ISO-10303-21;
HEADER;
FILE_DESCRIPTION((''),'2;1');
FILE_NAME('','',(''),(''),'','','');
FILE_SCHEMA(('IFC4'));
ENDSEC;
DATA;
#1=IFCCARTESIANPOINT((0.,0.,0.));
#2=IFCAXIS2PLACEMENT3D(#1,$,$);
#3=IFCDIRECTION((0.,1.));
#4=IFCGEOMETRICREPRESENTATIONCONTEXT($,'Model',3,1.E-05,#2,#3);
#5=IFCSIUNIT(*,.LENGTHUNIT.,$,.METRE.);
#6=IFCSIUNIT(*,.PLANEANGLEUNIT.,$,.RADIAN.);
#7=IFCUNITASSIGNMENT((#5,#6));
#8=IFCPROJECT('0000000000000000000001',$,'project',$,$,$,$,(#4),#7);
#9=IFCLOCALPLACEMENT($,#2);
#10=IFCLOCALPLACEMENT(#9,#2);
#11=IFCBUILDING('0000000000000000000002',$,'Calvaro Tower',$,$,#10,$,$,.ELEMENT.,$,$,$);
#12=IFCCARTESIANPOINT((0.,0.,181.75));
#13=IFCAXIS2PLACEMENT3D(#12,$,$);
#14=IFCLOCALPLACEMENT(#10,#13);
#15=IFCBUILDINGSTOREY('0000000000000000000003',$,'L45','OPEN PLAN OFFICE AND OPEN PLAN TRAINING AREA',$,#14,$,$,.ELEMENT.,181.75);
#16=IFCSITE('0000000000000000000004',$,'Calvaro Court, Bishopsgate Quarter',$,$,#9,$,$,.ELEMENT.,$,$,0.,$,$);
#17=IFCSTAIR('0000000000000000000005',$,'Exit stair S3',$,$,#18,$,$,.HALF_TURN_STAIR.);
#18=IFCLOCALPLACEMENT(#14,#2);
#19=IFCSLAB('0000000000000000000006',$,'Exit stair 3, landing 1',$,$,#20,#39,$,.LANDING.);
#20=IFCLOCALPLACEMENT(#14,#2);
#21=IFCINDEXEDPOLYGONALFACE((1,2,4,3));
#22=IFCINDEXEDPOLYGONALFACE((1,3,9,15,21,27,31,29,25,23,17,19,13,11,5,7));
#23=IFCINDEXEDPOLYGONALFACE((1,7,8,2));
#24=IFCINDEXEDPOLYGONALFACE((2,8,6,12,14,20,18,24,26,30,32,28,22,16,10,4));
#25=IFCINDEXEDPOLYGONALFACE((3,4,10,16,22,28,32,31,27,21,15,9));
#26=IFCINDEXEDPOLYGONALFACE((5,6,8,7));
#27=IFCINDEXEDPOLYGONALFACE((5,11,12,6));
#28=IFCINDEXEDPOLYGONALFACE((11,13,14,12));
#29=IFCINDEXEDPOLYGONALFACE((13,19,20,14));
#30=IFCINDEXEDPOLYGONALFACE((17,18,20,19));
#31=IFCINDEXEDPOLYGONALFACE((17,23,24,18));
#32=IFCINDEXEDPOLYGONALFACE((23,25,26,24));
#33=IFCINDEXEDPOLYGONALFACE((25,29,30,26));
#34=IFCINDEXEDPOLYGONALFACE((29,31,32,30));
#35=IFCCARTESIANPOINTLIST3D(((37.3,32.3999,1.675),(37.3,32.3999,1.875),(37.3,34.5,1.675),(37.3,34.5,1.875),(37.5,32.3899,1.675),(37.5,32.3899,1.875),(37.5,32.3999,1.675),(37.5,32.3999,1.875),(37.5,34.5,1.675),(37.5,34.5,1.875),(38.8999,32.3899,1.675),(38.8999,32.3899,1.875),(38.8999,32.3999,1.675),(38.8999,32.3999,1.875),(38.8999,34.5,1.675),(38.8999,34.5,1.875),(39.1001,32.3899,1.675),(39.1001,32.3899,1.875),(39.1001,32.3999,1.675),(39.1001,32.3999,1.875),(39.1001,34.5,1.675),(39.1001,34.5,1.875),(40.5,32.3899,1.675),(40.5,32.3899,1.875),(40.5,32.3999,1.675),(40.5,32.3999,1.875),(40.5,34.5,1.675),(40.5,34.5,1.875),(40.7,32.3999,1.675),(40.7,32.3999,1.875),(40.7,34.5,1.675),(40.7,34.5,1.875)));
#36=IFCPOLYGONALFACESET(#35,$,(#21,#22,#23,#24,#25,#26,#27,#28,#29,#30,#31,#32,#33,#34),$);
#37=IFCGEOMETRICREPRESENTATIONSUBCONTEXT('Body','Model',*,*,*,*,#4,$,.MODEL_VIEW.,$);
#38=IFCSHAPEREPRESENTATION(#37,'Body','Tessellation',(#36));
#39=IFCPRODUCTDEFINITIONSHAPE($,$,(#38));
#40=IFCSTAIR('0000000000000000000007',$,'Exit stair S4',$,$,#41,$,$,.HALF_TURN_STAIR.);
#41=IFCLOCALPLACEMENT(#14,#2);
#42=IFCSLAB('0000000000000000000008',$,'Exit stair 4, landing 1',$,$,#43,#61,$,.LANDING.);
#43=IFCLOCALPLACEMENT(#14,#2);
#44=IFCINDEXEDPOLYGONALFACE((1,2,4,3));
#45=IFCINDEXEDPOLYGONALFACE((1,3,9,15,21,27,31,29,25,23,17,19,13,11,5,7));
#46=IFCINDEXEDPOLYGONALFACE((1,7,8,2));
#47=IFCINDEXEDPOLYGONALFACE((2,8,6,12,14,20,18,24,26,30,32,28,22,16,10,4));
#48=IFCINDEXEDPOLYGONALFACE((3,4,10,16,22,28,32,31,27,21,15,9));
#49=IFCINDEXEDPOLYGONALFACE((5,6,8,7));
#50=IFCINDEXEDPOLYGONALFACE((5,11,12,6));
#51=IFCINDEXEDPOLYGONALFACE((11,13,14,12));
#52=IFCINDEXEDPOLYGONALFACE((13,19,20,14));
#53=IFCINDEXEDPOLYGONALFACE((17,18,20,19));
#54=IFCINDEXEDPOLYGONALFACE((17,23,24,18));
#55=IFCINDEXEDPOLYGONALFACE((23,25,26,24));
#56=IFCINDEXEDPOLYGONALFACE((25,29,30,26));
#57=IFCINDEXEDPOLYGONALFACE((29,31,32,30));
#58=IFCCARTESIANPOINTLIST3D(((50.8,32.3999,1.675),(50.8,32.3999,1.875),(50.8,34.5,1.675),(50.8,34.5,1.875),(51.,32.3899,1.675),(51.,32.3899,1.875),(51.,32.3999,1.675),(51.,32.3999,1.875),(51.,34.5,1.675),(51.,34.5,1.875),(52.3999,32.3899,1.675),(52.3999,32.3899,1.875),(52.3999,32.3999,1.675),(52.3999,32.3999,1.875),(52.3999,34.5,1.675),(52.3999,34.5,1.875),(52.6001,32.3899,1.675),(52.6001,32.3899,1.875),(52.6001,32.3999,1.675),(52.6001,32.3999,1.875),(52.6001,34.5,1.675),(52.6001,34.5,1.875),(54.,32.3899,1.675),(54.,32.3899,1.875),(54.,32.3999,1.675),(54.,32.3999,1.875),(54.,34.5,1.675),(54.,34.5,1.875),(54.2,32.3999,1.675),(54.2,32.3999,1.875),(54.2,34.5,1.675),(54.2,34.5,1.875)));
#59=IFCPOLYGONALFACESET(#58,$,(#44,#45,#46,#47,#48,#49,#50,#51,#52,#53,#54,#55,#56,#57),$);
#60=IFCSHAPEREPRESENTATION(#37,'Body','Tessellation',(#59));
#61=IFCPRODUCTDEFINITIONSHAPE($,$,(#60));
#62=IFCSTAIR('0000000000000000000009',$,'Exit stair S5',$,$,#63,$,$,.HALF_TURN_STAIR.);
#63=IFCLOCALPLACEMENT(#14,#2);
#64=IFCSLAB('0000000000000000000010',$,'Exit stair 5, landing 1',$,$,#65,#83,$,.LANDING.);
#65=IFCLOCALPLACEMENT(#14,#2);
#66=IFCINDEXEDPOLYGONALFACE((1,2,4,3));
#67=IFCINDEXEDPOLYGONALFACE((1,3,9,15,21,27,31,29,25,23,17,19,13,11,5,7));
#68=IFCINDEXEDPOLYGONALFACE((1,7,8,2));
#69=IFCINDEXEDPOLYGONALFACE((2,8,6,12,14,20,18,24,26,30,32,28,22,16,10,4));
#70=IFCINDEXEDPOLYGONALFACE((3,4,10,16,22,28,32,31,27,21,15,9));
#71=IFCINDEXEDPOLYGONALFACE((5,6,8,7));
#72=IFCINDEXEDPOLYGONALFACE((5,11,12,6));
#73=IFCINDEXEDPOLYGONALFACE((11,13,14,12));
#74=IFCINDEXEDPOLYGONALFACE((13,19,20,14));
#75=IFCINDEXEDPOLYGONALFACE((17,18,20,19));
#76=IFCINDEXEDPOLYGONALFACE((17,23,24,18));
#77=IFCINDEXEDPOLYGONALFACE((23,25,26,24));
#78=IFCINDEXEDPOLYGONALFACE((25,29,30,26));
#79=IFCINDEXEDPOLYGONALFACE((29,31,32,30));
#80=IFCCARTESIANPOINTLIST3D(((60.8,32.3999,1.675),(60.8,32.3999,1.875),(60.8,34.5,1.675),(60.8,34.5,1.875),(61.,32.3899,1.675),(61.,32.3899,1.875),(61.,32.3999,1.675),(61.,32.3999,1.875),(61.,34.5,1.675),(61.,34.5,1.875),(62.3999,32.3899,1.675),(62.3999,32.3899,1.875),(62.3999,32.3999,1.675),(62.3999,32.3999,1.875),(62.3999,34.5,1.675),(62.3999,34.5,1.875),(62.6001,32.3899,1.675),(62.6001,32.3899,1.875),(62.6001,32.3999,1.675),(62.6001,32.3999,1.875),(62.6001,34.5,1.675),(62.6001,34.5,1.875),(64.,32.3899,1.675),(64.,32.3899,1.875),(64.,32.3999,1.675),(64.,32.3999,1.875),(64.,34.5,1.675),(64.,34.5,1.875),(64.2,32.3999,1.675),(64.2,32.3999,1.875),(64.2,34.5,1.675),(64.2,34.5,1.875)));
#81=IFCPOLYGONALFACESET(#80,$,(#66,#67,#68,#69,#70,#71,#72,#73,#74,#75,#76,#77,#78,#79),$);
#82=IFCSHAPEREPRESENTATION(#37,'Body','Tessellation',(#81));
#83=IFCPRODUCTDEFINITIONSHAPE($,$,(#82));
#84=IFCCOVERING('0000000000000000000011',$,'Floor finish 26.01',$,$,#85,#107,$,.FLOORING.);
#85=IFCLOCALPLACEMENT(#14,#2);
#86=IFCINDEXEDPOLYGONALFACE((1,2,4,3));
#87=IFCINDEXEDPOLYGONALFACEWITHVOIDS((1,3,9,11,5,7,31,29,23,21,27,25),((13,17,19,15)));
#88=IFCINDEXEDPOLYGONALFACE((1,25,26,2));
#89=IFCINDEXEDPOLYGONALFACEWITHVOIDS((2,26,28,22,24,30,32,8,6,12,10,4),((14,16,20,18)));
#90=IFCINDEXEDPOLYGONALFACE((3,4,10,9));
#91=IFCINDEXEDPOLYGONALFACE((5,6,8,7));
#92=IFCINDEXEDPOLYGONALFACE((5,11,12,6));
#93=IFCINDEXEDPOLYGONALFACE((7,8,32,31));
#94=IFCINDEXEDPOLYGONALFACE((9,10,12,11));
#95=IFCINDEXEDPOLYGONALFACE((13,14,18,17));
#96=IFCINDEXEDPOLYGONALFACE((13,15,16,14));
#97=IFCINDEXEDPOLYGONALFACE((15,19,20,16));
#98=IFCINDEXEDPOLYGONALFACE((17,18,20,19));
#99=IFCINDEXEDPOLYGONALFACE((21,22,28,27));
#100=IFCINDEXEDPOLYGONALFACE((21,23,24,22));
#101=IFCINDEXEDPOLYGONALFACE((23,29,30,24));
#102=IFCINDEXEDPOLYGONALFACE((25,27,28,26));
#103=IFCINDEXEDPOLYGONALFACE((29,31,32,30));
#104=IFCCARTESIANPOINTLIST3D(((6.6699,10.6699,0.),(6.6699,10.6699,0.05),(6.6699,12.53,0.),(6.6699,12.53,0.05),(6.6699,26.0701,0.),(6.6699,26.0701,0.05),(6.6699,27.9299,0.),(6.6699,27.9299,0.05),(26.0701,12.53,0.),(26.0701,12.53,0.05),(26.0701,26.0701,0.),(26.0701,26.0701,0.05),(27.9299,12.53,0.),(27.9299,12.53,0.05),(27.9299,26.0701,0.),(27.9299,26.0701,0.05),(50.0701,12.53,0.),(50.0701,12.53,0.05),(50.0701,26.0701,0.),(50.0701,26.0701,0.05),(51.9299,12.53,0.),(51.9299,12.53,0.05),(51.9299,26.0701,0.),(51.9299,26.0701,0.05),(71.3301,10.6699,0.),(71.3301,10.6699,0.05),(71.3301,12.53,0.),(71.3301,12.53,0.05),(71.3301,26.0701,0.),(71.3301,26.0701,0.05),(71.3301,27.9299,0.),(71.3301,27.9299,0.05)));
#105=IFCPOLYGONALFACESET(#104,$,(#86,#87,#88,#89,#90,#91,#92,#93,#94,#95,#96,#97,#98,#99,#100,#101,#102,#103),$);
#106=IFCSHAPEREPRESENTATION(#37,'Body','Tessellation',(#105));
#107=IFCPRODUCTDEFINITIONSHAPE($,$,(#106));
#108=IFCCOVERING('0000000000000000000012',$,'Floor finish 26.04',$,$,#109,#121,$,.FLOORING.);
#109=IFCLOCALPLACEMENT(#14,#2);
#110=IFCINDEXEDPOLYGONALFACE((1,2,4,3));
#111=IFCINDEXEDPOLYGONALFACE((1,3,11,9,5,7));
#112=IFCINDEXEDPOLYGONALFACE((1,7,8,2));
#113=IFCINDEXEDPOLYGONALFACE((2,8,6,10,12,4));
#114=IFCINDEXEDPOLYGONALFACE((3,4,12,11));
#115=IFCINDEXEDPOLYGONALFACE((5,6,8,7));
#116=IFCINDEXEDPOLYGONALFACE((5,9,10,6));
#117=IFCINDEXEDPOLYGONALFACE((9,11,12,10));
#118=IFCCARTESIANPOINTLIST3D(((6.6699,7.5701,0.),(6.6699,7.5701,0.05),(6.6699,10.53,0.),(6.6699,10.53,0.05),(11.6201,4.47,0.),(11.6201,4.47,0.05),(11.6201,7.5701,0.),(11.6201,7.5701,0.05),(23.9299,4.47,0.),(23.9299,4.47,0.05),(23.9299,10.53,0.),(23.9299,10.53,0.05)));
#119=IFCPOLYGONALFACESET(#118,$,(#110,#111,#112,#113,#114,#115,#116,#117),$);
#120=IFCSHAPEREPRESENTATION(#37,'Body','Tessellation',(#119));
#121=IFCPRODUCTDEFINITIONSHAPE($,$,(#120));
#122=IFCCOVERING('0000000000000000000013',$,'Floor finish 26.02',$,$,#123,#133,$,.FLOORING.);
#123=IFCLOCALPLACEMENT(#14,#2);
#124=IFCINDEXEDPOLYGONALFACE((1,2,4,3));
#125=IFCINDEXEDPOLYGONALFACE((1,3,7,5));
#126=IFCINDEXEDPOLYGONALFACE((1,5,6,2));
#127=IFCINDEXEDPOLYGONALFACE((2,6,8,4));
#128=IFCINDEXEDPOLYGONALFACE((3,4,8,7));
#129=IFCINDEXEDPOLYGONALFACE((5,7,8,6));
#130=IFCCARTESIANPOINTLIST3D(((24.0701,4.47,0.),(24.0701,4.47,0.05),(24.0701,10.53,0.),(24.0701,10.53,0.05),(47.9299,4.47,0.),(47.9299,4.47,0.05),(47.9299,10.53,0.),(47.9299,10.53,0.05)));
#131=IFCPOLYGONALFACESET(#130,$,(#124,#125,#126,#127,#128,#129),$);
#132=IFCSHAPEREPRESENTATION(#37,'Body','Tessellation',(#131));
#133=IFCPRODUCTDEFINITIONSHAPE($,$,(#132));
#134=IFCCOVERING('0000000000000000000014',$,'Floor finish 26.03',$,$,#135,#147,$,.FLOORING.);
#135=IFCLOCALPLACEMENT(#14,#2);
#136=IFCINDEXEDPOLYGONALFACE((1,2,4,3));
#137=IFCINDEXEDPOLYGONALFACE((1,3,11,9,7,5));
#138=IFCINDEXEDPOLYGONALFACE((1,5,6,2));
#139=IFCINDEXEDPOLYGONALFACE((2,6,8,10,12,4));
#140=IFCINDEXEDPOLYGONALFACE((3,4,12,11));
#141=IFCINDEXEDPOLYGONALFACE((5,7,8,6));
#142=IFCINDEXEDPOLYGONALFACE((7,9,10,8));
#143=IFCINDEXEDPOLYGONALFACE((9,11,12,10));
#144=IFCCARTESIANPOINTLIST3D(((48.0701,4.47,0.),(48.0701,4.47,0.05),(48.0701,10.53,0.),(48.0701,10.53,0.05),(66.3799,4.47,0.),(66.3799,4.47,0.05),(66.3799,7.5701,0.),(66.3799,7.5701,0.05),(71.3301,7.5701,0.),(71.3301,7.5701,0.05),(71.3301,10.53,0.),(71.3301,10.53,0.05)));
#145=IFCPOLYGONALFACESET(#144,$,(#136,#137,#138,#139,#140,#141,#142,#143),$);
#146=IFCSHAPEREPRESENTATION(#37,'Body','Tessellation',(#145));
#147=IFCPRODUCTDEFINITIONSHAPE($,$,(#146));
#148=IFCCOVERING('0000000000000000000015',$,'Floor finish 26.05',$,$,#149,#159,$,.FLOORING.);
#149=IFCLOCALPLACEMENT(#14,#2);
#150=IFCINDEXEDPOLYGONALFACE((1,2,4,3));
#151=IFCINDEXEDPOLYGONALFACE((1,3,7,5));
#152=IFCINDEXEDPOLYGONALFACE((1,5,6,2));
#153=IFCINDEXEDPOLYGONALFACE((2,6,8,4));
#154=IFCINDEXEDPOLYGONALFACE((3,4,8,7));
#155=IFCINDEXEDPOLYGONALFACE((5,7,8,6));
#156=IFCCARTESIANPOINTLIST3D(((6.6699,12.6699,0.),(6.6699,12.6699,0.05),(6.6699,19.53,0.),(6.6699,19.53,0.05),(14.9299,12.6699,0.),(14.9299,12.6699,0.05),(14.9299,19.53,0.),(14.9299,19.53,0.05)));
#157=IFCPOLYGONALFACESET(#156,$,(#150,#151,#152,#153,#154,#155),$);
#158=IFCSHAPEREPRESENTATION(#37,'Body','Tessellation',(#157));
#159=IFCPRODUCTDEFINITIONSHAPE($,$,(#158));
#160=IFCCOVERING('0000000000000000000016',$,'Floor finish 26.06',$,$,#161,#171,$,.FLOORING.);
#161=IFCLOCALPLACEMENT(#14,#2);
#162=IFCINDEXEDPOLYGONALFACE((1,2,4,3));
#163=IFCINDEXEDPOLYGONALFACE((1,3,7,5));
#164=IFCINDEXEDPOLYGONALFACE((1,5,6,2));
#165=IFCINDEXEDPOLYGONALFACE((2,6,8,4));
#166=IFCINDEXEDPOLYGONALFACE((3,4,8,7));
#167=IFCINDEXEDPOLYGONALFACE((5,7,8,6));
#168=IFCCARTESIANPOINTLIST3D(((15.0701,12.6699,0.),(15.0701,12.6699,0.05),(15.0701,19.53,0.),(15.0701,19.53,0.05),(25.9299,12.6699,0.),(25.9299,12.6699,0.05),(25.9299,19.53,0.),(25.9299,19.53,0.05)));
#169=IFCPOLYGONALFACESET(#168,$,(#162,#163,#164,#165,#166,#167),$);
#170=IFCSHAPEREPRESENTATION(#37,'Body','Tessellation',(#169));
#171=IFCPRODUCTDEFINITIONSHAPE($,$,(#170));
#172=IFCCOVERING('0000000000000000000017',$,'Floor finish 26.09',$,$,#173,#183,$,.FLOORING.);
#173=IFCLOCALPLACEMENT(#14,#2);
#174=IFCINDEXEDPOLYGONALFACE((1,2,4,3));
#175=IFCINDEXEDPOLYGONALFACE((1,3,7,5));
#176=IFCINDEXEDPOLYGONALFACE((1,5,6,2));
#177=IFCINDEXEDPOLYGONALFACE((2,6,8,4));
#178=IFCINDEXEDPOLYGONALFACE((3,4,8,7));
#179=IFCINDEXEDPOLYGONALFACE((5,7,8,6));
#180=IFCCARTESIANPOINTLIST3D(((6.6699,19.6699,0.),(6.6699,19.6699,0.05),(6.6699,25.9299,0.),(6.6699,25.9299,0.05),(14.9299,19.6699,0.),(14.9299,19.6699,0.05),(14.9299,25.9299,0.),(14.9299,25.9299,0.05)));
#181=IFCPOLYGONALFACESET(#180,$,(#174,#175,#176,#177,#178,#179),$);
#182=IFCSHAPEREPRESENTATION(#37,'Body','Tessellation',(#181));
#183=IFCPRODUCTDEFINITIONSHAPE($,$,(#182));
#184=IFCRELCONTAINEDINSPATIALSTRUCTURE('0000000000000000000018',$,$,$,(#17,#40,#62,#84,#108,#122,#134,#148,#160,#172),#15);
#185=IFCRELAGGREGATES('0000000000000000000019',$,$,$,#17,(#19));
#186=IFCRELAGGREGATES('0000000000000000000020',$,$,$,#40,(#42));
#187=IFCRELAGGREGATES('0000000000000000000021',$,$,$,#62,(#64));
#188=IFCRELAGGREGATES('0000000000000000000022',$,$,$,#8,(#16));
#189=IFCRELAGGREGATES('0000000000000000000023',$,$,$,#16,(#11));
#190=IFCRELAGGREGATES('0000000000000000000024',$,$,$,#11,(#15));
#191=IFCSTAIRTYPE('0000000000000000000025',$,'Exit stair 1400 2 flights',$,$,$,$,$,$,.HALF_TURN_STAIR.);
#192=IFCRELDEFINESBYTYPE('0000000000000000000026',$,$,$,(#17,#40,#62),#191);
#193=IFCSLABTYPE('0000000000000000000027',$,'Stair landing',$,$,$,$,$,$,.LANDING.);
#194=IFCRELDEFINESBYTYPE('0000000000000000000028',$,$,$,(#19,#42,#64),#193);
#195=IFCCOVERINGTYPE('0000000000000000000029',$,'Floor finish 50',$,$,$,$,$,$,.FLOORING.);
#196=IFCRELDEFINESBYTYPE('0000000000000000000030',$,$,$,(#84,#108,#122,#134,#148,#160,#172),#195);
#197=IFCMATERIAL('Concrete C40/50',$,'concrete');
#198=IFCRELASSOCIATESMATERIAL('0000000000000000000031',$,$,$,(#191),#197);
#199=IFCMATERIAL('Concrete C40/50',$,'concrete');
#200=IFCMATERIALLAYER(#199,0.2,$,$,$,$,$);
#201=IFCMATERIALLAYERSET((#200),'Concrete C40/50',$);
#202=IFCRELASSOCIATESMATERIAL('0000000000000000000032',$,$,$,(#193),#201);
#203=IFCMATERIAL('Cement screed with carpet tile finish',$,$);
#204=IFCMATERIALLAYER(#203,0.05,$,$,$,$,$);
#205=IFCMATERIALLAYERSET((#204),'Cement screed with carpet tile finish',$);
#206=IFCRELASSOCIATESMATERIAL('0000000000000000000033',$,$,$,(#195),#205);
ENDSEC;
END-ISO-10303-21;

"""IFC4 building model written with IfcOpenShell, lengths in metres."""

from ifc_helpers import new_model, si_unit, direction, frame, origin, place, context, subcontext, project, spatial, polyline, outline, extrude, material, layer, layer_set, type_object, element, aggregate, save


model = new_model("IFC4")

# Units and contexts
model_context = context("Model", 3, precision=1e-05, world=origin(), true_north=direction((0.0, 1.0)))
body_context = subcontext(model_context, "Body", "Model", "MODEL_VIEW")
ifc_project = project(units=[si_unit("LENGTHUNIT", "METRE"), si_unit("PLANEANGLEUNIT", "RADIAN")], contexts=[model_context])

# Site, building, storey
site_placement = place(None, origin())
site = spatial("IfcSite", under=ifc_project, at=site_placement, Name="Calvaro Court, Bishopsgate Quarter", CompositionType="ELEMENT", RefElevation=0.0)
building_placement = place(site_placement, origin())
building = spatial("IfcBuilding", under=site, at=building_placement, Name="Calvaro Tower", CompositionType="ELEMENT")
storey_placement = place(building_placement, frame((0.0, 0.0, 181.75)))
storey = spatial("IfcBuildingStorey", under=building, at=storey_placement, Name="L45", Description="OPEN PLAN OFFICE AND OPEN PLAN TRAINING AREA", CompositionType="ELEMENT", Elevation=181.75)

# Stairs, slabs
ifc_material_1 = material(Name="Concrete C40/50", Category="concrete")
stair_type = type_object("IfcStairType", Name="Exit stair 1400 2 flights", PredefinedType="HALF_TURN_STAIR", material=ifc_material_1)
ifc_material_2 = material(Name="Concrete C40/50", Category="concrete")
ifc_layer_1 = layer(ifc_material_2, 0.2)
ifc_layer_set_1 = layer_set([ifc_layer_1], Name="Concrete C40/50")
slab_type_1 = type_object("IfcSlabType", Name="Stair landing", PredefinedType="LANDING", material=ifc_layer_set_1)
stair_1_placement = place(storey_placement, origin())
stair_1 = element("IfcStair", 1, at=stair_1_placement, inside=storey, type_object=stair_type, Name="Exit stair S3", PredefinedType="HALF_TURN_STAIR")
slab_1_placement = place(storey_placement, frame((0.0, 0.0, 1.675)))
slab_1 = element("IfcSlab", 2, at=slab_1_placement, type_object=slab_type_1, Name="Exit stair 3, landing 1", PredefinedType="LANDING", context=body_context, shape_type="SweptSolid", body=[
    extrude(outline(polyline([(38.8999, 32.3899), (37.5, 32.3899), (37.5, 32.3999), (37.3, 32.3999), (37.3, 34.5), (37.5, 34.5), (38.8999, 34.5), (39.1001, 34.5), (40.5, 34.5), (40.7, 34.5), (40.7, 32.3999), (40.5, 32.3999), (40.5, 32.3899), (39.1001, 32.3899), (39.1001, 32.3999), (38.8999, 32.3999), (38.8999, 32.3899)])), origin(), (0.0, 0.0, 1.0), 0.2),
])
aggregate(stair_1, [slab_1])
stair_2_placement = place(storey_placement, origin())
stair_2 = element("IfcStair", 3, at=stair_2_placement, inside=storey, type_object=stair_type, Name="Exit stair S4", PredefinedType="HALF_TURN_STAIR")
slab_2_placement = place(storey_placement, frame((0.0, 0.0, 1.675)))
slab_2 = element("IfcSlab", 4, at=slab_2_placement, type_object=slab_type_1, Name="Exit stair 4, landing 1", PredefinedType="LANDING", context=body_context, shape_type="SweptSolid", body=[
    extrude(outline(polyline([(52.3999, 32.3899), (51.0, 32.3899), (51.0, 32.3999), (50.8, 32.3999), (50.8, 34.5), (51.0, 34.5), (52.3999, 34.5), (52.6001, 34.5), (54.0, 34.5), (54.2, 34.5), (54.2, 32.3999), (54.0, 32.3999), (54.0, 32.3899), (52.6001, 32.3899), (52.6001, 32.3999), (52.3999, 32.3999), (52.3999, 32.3899)])), origin(), (0.0, 0.0, 1.0), 0.2),
])
aggregate(stair_2, [slab_2])
stair_3_placement = place(storey_placement, origin())
stair_3 = element("IfcStair", 5, at=stair_3_placement, inside=storey, type_object=stair_type, Name="Exit stair S5", PredefinedType="HALF_TURN_STAIR")
slab_3_placement = place(storey_placement, frame((0.0, 0.0, 1.675)))
slab_3 = element("IfcSlab", 6, at=slab_3_placement, type_object=slab_type_1, Name="Exit stair 5, landing 1", PredefinedType="LANDING", context=body_context, shape_type="SweptSolid", body=[
    extrude(outline(polyline([(62.3999, 32.3899), (61.0, 32.3899), (61.0, 32.3999), (60.8, 32.3999), (60.8, 34.5), (61.0, 34.5), (62.3999, 34.5), (62.6001, 34.5), (64.0, 34.5), (64.2, 34.5), (64.2, 32.3999), (64.0, 32.3999), (64.0, 32.3899), (62.6001, 32.3899), (62.6001, 32.3999), (62.3999, 32.3999), (62.3999, 32.3899)])), origin(), (0.0, 0.0, 1.0), 0.2),
])
aggregate(stair_3, [slab_3])

# Coverings
ifc_material_3 = material(Name="Cement screed with carpet tile finish")
ifc_layer_2 = layer(ifc_material_3, 0.05)
ifc_layer_set_2 = layer_set([ifc_layer_2], Name="Cement screed with carpet tile finish")
covering_type = type_object("IfcCoveringType", Name="Floor finish 50", PredefinedType="FLOORING", material=ifc_layer_set_2)
covering_1_placement = place(storey_placement, origin())
element("IfcCovering", 7, at=covering_1_placement, inside=storey, type_object=covering_type, Name="Floor finish 26.01", PredefinedType="FLOORING", context=body_context, shape_type="SweptSolid", body=[
    extrude(outline(polyline([(6.6699, 10.6699), (6.6699, 12.53), (26.0701, 12.53), (26.0701, 26.0701), (6.6699, 26.0701), (6.6699, 27.9299), (71.3301, 27.9299), (71.3301, 26.0701), (51.9299, 26.0701), (51.9299, 12.53), (71.3301, 12.53), (71.3301, 10.6699), (6.6699, 10.6699)]), holes=[polyline([(50.0701, 12.53), (50.0701, 26.0701), (27.9299, 26.0701), (27.9299, 12.53), (50.0701, 12.53)])]), origin(), (0.0, 0.0, 1.0), 0.05),
])
covering_2_placement = place(storey_placement, origin())
element("IfcCovering", 8, at=covering_2_placement, inside=storey, type_object=covering_type, Name="Floor finish 26.04", PredefinedType="FLOORING", context=body_context, shape_type="SweptSolid", body=[
    extrude(outline(polyline([(23.9299, 10.53), (23.9299, 4.47), (11.6201, 4.47), (11.6201, 7.5701), (6.6699, 7.5701), (6.6699, 10.53), (23.9299, 10.53)])), origin(), (0.0, 0.0, 1.0), 0.05),
])
covering_3_placement = place(storey_placement, origin())
element("IfcCovering", 9, at=covering_3_placement, inside=storey, type_object=covering_type, Name="Floor finish 26.02", PredefinedType="FLOORING", context=body_context, shape_type="SweptSolid", body=[
    extrude(outline(polyline([(24.0701, 10.53), (47.9299, 10.53), (47.9299, 4.47), (24.0701, 4.47), (24.0701, 10.53)])), origin(), (0.0, 0.0, 1.0), 0.05),
])
covering_4_placement = place(storey_placement, origin())
element("IfcCovering", 10, at=covering_4_placement, inside=storey, type_object=covering_type, Name="Floor finish 26.03", PredefinedType="FLOORING", context=body_context, shape_type="SweptSolid", body=[
    extrude(outline(polyline([(71.3301, 7.5701), (66.3799, 7.5701), (66.3799, 4.47), (48.0701, 4.47), (48.0701, 10.53), (71.3301, 10.53), (71.3301, 7.5701)])), origin(), (0.0, 0.0, 1.0), 0.05),
])
covering_5_placement = place(storey_placement, origin())
element("IfcCovering", 11, at=covering_5_placement, inside=storey, type_object=covering_type, Name="Floor finish 26.05", PredefinedType="FLOORING", context=body_context, shape_type="SweptSolid", body=[
    extrude(outline(polyline([(14.9299, 19.53), (14.9299, 12.6699), (6.6699, 12.6699), (6.6699, 19.53), (14.9299, 19.53)])), origin(), (0.0, 0.0, 1.0), 0.05),
])
covering_6_placement = place(storey_placement, origin())
element("IfcCovering", 12, at=covering_6_placement, inside=storey, type_object=covering_type, Name="Floor finish 26.06", PredefinedType="FLOORING", context=body_context, shape_type="SweptSolid", body=[
    extrude(outline(polyline([(15.0701, 12.6699), (15.0701, 19.53), (25.9299, 19.53), (25.9299, 12.6699), (15.0701, 12.6699)])), origin(), (0.0, 0.0, 1.0), 0.05),
])
covering_7_placement = place(storey_placement, origin())
element("IfcCovering", 13, at=covering_7_placement, inside=storey, type_object=covering_type, Name="Floor finish 26.09", PredefinedType="FLOORING", context=body_context, shape_type="SweptSolid", body=[
    extrude(outline(polyline([(14.9299, 25.9299), (14.9299, 19.6699), (6.6699, 19.6699), (6.6699, 25.9299), (14.9299, 25.9299)])), origin(), (0.0, 0.0, 1.0), 0.05),
])

save(model, "model.ifc")
